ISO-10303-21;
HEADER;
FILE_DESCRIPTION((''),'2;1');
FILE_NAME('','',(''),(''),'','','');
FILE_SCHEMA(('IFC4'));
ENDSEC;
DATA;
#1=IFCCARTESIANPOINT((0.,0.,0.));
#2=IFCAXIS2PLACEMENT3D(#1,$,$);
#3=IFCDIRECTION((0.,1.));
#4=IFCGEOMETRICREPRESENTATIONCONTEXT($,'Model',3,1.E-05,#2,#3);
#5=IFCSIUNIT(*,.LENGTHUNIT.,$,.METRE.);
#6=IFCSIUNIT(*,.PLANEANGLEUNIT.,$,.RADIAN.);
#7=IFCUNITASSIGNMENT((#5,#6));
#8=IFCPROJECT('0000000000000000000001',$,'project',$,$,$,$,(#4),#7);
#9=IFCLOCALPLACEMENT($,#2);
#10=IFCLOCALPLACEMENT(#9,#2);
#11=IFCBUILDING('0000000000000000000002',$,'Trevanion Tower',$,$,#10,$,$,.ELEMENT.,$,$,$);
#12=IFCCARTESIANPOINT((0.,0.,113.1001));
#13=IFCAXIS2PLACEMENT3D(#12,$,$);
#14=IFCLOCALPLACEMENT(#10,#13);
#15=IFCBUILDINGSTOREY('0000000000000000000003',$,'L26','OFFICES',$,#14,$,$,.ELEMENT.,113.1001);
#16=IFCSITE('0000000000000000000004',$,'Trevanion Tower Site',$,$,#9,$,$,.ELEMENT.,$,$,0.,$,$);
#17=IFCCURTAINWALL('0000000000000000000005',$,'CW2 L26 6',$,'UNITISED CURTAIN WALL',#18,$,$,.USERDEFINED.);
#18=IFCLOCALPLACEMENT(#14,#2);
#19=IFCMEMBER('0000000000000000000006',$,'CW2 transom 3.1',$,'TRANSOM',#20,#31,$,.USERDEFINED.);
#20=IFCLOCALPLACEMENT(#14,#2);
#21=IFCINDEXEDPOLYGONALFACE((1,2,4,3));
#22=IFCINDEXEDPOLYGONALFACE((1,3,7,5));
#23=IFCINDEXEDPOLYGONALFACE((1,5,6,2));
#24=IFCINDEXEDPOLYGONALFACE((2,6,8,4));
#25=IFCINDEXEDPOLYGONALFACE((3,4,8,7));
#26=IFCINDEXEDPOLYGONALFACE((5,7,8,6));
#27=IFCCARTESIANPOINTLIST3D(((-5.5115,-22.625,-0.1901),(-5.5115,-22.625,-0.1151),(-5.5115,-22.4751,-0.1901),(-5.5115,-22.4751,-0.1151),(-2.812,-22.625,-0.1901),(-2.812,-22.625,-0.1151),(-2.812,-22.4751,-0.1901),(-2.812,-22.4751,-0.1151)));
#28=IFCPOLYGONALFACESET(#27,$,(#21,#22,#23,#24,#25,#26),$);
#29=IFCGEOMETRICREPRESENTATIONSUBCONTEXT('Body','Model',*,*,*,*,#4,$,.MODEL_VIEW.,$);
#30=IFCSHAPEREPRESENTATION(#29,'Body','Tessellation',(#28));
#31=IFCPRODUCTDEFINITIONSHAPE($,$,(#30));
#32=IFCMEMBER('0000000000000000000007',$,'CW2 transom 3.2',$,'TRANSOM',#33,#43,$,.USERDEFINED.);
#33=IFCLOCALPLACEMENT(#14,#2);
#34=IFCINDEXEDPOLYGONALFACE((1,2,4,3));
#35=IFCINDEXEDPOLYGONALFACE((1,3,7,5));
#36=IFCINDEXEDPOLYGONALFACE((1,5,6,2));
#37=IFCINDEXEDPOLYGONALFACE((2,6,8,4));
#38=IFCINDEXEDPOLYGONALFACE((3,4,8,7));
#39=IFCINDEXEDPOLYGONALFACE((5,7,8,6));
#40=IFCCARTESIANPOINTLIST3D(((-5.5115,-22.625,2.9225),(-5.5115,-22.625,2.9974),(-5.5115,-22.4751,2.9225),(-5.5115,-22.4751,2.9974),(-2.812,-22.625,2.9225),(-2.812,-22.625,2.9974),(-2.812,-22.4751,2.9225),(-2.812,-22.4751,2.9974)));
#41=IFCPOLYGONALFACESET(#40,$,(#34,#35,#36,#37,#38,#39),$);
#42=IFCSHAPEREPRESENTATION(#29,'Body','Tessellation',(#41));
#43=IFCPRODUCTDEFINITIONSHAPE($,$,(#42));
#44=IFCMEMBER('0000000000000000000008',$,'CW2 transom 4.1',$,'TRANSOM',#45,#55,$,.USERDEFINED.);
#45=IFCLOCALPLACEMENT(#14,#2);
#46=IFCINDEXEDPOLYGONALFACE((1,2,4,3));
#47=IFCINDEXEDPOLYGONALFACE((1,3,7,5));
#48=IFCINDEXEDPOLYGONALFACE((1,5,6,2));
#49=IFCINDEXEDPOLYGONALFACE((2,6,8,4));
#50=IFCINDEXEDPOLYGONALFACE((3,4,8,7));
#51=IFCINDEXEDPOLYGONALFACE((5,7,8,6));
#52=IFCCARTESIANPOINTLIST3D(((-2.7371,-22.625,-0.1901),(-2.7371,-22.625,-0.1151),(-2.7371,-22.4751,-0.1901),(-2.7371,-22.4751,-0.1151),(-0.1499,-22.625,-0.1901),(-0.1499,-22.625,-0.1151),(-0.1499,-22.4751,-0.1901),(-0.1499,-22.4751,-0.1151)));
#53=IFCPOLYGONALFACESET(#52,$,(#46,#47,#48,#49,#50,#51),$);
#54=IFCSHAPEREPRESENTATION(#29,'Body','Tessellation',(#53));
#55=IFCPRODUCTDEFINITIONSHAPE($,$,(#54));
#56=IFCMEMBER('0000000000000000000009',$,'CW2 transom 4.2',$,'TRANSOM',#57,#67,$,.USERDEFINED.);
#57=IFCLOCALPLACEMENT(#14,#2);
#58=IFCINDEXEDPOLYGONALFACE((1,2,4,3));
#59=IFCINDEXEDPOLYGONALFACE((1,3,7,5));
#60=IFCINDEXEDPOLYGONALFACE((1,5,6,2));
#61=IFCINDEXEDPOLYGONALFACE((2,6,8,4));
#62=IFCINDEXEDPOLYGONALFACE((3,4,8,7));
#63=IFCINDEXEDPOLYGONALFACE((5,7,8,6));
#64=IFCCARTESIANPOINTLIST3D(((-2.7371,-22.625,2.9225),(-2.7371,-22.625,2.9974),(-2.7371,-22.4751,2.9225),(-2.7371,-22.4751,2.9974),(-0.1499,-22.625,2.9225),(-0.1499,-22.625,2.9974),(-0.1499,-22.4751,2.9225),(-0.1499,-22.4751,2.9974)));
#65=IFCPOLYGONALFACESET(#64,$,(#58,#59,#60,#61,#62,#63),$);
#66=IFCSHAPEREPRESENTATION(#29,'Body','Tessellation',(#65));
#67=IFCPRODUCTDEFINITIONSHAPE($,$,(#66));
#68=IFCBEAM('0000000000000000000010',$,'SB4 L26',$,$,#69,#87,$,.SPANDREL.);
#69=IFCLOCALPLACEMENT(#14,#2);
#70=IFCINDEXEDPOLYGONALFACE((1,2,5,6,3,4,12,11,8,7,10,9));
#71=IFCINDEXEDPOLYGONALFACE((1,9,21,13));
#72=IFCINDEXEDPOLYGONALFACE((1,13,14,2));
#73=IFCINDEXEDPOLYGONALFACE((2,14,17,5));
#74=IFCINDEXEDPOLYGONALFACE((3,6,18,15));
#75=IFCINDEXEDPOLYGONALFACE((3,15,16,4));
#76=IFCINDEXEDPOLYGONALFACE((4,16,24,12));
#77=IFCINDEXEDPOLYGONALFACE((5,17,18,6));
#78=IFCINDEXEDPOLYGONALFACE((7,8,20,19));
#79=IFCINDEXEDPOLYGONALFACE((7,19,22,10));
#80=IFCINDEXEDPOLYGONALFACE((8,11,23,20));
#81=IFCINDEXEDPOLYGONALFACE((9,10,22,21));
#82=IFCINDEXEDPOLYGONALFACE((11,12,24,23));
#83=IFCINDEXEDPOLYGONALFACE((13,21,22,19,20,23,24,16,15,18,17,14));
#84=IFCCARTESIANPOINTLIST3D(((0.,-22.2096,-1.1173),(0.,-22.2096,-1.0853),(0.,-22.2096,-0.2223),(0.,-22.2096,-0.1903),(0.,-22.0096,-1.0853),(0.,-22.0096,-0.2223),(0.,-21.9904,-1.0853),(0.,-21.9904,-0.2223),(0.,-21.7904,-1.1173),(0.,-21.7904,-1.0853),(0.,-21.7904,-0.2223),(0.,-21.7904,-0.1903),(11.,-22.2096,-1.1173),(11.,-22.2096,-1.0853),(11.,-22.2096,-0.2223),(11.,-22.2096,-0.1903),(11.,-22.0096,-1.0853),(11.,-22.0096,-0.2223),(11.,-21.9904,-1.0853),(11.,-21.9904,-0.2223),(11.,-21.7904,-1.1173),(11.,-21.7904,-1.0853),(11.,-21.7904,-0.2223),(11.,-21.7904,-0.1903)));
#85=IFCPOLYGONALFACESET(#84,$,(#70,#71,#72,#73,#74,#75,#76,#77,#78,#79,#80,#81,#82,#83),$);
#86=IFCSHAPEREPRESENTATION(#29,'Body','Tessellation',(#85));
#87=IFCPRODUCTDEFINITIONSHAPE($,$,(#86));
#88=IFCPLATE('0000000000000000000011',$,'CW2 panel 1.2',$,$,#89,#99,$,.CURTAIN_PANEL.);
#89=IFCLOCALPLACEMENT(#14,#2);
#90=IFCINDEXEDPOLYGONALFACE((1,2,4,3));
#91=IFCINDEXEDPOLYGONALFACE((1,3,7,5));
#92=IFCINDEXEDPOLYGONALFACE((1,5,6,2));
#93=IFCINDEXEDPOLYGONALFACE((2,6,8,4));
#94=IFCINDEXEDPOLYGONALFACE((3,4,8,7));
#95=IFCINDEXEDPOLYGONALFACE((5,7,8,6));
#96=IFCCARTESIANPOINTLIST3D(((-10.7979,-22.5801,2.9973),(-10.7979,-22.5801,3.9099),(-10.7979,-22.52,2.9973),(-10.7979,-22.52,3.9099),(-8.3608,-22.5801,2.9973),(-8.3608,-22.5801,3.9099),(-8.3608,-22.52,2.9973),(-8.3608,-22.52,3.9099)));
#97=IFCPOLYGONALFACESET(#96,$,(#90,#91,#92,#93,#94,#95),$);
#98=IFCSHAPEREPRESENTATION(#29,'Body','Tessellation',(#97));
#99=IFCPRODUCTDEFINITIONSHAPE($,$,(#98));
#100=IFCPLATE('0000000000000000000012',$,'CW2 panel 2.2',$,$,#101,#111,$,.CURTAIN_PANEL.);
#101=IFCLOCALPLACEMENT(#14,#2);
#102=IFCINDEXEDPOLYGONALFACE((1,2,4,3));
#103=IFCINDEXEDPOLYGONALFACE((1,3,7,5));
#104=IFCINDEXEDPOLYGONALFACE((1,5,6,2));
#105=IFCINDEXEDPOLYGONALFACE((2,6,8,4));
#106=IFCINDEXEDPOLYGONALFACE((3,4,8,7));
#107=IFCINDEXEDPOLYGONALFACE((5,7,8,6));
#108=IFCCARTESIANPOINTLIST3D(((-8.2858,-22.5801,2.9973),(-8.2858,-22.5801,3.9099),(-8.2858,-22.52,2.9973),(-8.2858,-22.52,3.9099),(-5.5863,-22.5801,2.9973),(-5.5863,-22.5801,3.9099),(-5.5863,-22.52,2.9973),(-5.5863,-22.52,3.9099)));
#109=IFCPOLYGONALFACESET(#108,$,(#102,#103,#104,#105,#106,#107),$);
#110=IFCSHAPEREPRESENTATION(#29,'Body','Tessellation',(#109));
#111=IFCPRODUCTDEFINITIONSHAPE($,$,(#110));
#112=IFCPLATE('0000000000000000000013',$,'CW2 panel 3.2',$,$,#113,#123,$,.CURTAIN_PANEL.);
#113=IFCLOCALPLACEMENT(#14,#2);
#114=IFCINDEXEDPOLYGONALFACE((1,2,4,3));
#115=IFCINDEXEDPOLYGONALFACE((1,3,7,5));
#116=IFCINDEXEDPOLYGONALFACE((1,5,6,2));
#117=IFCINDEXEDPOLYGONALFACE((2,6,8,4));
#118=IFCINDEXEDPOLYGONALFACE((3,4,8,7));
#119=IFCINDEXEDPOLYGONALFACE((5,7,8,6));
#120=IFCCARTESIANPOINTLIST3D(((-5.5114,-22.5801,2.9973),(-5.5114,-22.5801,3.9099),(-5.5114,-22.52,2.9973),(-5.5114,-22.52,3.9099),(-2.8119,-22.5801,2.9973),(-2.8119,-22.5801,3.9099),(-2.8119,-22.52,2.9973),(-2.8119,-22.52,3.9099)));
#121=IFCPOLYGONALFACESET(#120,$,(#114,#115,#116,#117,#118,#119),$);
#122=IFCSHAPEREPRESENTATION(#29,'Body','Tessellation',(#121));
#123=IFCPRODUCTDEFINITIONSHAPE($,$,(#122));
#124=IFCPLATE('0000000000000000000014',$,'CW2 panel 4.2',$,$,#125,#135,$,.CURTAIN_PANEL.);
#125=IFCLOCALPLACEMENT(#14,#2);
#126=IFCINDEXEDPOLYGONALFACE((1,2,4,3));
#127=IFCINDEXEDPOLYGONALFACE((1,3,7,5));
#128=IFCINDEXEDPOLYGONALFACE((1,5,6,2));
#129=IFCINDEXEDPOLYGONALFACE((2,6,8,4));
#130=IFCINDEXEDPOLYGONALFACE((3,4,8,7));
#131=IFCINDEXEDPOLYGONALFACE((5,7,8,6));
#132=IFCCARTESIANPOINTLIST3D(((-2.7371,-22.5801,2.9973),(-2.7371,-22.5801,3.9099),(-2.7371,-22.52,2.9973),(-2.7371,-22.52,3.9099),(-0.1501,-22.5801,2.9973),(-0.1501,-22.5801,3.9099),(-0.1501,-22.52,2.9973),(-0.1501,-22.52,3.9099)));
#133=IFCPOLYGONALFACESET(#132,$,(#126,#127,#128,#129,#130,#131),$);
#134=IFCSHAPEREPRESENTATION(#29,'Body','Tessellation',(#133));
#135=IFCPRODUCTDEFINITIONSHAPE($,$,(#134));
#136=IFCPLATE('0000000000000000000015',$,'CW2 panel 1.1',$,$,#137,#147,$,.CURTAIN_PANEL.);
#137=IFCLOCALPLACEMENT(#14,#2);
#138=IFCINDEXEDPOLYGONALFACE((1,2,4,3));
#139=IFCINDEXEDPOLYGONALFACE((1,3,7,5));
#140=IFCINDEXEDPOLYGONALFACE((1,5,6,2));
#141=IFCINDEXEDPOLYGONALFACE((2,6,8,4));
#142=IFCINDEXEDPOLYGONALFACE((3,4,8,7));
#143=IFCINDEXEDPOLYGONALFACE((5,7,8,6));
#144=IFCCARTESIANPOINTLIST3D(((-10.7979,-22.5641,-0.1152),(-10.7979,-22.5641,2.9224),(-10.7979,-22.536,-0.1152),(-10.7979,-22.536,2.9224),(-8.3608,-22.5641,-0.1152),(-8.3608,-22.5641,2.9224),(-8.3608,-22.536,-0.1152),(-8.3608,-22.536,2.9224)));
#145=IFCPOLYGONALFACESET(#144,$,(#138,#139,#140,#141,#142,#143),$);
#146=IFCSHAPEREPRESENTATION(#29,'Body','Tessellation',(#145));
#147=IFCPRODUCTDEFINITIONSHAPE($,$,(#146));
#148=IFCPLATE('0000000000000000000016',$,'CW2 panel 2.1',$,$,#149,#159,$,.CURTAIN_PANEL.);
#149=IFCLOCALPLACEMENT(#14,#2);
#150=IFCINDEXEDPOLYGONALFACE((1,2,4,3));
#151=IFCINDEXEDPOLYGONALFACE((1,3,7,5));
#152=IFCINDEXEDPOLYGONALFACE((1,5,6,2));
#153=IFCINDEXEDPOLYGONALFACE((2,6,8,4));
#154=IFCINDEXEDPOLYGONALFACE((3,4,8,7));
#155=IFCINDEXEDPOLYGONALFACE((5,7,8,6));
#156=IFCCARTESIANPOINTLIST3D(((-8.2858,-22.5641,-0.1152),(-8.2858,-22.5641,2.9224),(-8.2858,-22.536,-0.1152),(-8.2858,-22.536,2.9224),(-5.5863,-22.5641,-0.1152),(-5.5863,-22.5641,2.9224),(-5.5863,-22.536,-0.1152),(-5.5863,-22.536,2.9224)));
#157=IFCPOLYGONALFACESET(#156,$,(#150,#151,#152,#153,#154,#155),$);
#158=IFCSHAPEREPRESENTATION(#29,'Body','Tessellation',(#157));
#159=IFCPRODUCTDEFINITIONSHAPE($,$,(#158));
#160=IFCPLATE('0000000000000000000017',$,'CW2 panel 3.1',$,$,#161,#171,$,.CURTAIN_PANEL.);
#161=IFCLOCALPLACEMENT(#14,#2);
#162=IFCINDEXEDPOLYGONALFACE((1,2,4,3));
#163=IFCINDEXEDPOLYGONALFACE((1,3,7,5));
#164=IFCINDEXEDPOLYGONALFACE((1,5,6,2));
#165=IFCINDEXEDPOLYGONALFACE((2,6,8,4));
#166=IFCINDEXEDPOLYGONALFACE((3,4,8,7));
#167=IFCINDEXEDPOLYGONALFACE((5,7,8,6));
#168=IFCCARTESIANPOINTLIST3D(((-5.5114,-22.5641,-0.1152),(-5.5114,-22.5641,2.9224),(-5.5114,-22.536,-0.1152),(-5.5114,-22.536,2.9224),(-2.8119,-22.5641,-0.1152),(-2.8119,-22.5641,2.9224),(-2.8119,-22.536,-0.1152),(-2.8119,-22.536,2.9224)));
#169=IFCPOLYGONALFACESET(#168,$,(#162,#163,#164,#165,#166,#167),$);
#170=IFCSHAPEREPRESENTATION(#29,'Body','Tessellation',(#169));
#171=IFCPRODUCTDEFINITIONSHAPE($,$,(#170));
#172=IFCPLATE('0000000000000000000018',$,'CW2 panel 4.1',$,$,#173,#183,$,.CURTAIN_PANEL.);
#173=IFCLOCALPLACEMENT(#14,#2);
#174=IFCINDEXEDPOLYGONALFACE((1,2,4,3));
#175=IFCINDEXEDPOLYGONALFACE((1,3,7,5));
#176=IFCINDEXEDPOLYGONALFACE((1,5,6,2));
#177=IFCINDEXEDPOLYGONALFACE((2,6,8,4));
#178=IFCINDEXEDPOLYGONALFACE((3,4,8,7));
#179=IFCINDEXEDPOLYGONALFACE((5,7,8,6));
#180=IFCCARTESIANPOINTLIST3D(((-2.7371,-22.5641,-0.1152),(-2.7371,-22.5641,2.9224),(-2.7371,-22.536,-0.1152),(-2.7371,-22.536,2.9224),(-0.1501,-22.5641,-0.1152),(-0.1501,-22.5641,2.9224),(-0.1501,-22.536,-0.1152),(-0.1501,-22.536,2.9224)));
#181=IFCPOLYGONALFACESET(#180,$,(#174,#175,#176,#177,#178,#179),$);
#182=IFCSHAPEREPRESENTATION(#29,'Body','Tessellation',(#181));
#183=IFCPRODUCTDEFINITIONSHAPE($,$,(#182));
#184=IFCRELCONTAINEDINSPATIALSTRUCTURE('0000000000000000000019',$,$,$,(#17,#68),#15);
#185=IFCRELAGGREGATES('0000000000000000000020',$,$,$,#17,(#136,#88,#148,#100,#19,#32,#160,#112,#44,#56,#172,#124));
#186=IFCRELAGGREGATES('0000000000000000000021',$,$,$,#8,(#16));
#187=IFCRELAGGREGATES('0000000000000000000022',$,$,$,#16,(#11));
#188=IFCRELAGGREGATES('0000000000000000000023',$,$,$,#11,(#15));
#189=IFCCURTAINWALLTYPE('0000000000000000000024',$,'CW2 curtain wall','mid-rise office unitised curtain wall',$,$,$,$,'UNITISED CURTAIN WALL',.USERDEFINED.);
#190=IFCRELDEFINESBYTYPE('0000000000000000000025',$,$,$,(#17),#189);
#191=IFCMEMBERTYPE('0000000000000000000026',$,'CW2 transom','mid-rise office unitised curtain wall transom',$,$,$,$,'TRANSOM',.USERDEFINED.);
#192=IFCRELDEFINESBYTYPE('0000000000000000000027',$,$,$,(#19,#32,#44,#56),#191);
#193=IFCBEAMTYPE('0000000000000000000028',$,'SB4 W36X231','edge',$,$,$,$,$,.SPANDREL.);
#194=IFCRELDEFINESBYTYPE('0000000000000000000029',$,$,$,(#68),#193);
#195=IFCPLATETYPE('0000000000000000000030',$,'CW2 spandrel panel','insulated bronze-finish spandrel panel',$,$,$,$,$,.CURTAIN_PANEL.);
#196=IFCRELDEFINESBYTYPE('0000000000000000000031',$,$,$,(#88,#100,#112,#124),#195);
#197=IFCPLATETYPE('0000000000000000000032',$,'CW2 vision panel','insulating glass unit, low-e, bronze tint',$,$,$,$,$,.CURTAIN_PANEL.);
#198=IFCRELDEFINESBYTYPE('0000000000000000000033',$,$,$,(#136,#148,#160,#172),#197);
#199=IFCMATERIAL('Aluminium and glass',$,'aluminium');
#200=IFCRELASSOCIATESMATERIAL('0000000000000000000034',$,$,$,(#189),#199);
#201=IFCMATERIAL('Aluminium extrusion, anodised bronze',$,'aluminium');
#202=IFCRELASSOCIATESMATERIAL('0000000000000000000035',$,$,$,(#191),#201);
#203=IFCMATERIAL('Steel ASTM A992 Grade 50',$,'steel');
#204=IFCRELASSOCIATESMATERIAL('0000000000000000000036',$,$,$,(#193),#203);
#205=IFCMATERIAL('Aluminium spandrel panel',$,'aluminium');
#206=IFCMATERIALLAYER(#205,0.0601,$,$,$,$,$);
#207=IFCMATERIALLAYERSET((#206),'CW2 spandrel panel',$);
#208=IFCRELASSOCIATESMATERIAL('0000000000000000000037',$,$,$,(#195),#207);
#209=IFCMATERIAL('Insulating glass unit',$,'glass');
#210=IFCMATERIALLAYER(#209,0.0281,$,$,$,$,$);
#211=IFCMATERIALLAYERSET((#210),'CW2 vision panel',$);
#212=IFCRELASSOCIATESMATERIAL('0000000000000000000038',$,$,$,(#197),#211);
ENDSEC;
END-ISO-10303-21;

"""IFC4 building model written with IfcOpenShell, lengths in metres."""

from ifc_helpers import new_model, si_unit, direction, frame, origin, origin_2d, place, context, subcontext, project, spatial, rectangle, i_section, extrude, material, layer, layer_set, material_profile, profile_set, type_object, element, aggregate, save


model = new_model("IFC4")

# Units and contexts
model_context = context("Model", 3, precision=1e-05, world=origin(), true_north=direction((0.0, 1.0)))
body_context = subcontext(model_context, "Body", "Model", "MODEL_VIEW")
ifc_project = project(units=[si_unit("LENGTHUNIT", "METRE"), si_unit("PLANEANGLEUNIT", "RADIAN")], contexts=[model_context])

# Site, building, storey
site_placement = place(None, origin())
site = spatial("IfcSite", under=ifc_project, at=site_placement, Name="Trevanion Tower Site", CompositionType="ELEMENT", RefElevation=0.0)
building_placement = place(site_placement, origin())
building = spatial("IfcBuilding", under=site, at=building_placement, Name="Trevanion Tower", CompositionType="ELEMENT")
storey_placement = place(building_placement, frame((0.0, 0.0, 113.1001)))
storey = spatial("IfcBuildingStorey", under=building, at=storey_placement, Name="L26", Description="OFFICES", CompositionType="ELEMENT", Elevation=113.1001)

# Curtain wall, members
ifc_material_1 = material(Name="Aluminium and glass", Category="aluminium")
curtain_wall_type = type_object("IfcCurtainWallType", Name="CW2 curtain wall", Description="mid-rise office unitised curtain wall", ElementType="UNITISED CURTAIN WALL", PredefinedType="USERDEFINED", material=ifc_material_1)
curtain_wall_placement = place(storey_placement, origin())
curtain_wall = element("IfcCurtainWall", 1, at=curtain_wall_placement, inside=storey, type_object=curtain_wall_type, Name="CW2 L26 6", ObjectType="UNITISED CURTAIN WALL", PredefinedType="USERDEFINED")
ifc_material_2 = material(Name="Aluminium extrusion, anodised bronze", Category="aluminium")
ifc_material_profile_1 = material_profile(ifc_material_2, rectangle(XDim=0.1499, YDim=0.075, at=origin_2d()), Name="CW2 transom")
ifc_profile_set_1 = profile_set([ifc_material_profile_1], Name="Aluminium extrusion, anodised bronze")
member_type_1 = type_object("IfcMemberType", Name="CW2 transom", Description="mid-rise office unitised curtain wall transom", ElementType="TRANSOM", PredefinedType="USERDEFINED", material=ifc_profile_set_1)
member_1_placement = place(storey_placement, frame((-5.5115, -22.55, -0.1526), z_axis=(1.0, 0.0, 0.0), x_axis=(0.0, 1.0, 0.0)))
member_1 = element("IfcMember", 2, at=member_1_placement, type_object=member_type_1, Name="CW2 transom 3.1", ObjectType="TRANSOM", PredefinedType="USERDEFINED", context=body_context, shape_type="SweptSolid", body=[
    extrude(rectangle(XDim=0.1499, YDim=0.075, at=origin_2d()), origin(), (0.0, 0.0, 1.0), 2.6995),
])
member_2_placement = place(storey_placement, frame((-5.5115, -22.55, 2.96), z_axis=(1.0, 0.0, 0.0), x_axis=(0.0, 1.0, 0.0)))
member_2 = element("IfcMember", 3, at=member_2_placement, type_object=member_type_1, Name="CW2 transom 3.2", ObjectType="TRANSOM", PredefinedType="USERDEFINED", context=body_context, shape_type="SweptSolid", body=[
    extrude(rectangle(XDim=0.1499, YDim=0.075, at=origin_2d()), origin(), (0.0, 0.0, 1.0), 2.6995),
])
member_3_placement = place(storey_placement, frame((-2.7371, -22.55, -0.1526), z_axis=(1.0, 0.0, 0.0), x_axis=(0.0, 1.0, 0.0)))
member_3 = element("IfcMember", 4, at=member_3_placement, type_object=member_type_1, Name="CW2 transom 4.1", ObjectType="TRANSOM", PredefinedType="USERDEFINED", context=body_context, shape_type="SweptSolid", body=[
    extrude(rectangle(XDim=0.1499, YDim=0.075, at=origin_2d()), origin(), (0.0, 0.0, 1.0), 2.5872),
])
member_4_placement = place(storey_placement, frame((-2.7371, -22.55, 2.96), z_axis=(1.0, 0.0, 0.0), x_axis=(0.0, 1.0, 0.0)))
member_4 = element("IfcMember", 5, at=member_4_placement, type_object=member_type_1, Name="CW2 transom 4.2", ObjectType="TRANSOM", PredefinedType="USERDEFINED", context=body_context, shape_type="SweptSolid", body=[
    extrude(rectangle(XDim=0.1499, YDim=0.075, at=origin_2d()), origin(), (0.0, 0.0, 1.0), 2.5872),
])

# Beam
ifc_material_3 = material(Name="Steel ASTM A992 Grade 50", Category="steel")
ifc_material_profile_2 = material_profile(ifc_material_3, i_section(OverallWidth=0.4192, OverallDepth=0.927, WebThickness=0.0193, FlangeThickness=0.032, at=origin_2d()), Name="W36X231")
ifc_profile_set_2 = profile_set([ifc_material_profile_2], Name="Steel ASTM A992 Grade 50")
beam_type_1 = type_object("IfcBeamType", Name="SB4 W36X231", Description="edge", PredefinedType="SPANDREL", material=ifc_profile_set_2)
beam_placement = place(storey_placement, frame((0.0, -22.0, -0.6538), z_axis=(1.0, 0.0, 0.0), x_axis=(0.0, 1.0, 0.0)))
element("IfcBeam", 6, at=beam_placement, inside=storey, type_object=beam_type_1, Name="SB4 L26", PredefinedType="SPANDREL", context=body_context, shape_type="SweptSolid", body=[
    extrude(i_section(OverallWidth=0.4192, OverallDepth=0.927, WebThickness=0.0193, FlangeThickness=0.032, at=origin_2d()), origin(), (0.0, 0.0, 1.0), 11.0),
])

# Plates
ifc_material_4 = material(Name="Aluminium spandrel panel", Category="aluminium")
ifc_layer_1 = layer(ifc_material_4, 0.0601)
ifc_layer_set_1 = layer_set([ifc_layer_1], Name="CW2 spandrel panel")
plate_type_1 = type_object("IfcPlateType", Name="CW2 spandrel panel", Description="insulated bronze-finish spandrel panel", PredefinedType="CURTAIN_PANEL", material=ifc_layer_set_1)
plate_1_placement = place(storey_placement, frame((-9.5793, -22.55, 2.9973), z_axis=(0.0, 0.0, 1.0), x_axis=(1.0, 0.0, 0.0)))
plate_1 = element("IfcPlate", 7, at=plate_1_placement, type_object=plate_type_1, Name="CW2 panel 1.2", PredefinedType="CURTAIN_PANEL", context=body_context, shape_type="SweptSolid", body=[
    extrude(rectangle(XDim=2.437, YDim=0.0601, at=origin_2d()), origin(), (0.0, 0.0, 1.0), 0.9126),
])
plate_2_placement = place(storey_placement, frame((-6.936, -22.55, 2.9973), z_axis=(0.0, 0.0, 1.0), x_axis=(1.0, 0.0, 0.0)))
plate_2 = element("IfcPlate", 8, at=plate_2_placement, type_object=plate_type_1, Name="CW2 panel 2.2", PredefinedType="CURTAIN_PANEL", context=body_context, shape_type="SweptSolid", body=[
    extrude(rectangle(XDim=2.6995, YDim=0.0601, at=origin_2d()), origin(), (0.0, 0.0, 1.0), 0.9126),
])
plate_3_placement = place(storey_placement, frame((-4.1616, -22.55, 2.9973), z_axis=(0.0, 0.0, 1.0), x_axis=(1.0, 0.0, 0.0)))
plate_3 = element("IfcPlate", 9, at=plate_3_placement, type_object=plate_type_1, Name="CW2 panel 3.2", PredefinedType="CURTAIN_PANEL", context=body_context, shape_type="SweptSolid", body=[
    extrude(rectangle(XDim=2.6995, YDim=0.0601, at=origin_2d()), origin(), (0.0, 0.0, 1.0), 0.9126),
])
plate_4_placement = place(storey_placement, frame((-1.4436, -22.55, 2.9973), z_axis=(0.0, 0.0, 1.0), x_axis=(1.0, 0.0, 0.0)))
plate_4 = element("IfcPlate", 10, at=plate_4_placement, type_object=plate_type_1, Name="CW2 panel 4.2", PredefinedType="CURTAIN_PANEL", context=body_context, shape_type="SweptSolid", body=[
    extrude(rectangle(XDim=2.5869, YDim=0.0601, at=origin_2d()), origin(), (0.0, 0.0, 1.0), 0.9126),
])
ifc_material_5 = material(Name="Insulating glass unit", Category="glass")
ifc_layer_2 = layer(ifc_material_5, 0.0281)
ifc_layer_set_2 = layer_set([ifc_layer_2], Name="CW2 vision panel")
plate_type_2 = type_object("IfcPlateType", Name="CW2 vision panel", Description="insulating glass unit, low-e, bronze tint", PredefinedType="CURTAIN_PANEL", material=ifc_layer_set_2)
plate_5_placement = place(storey_placement, frame((-9.5793, -22.55, -0.1152), z_axis=(0.0, 0.0, 1.0), x_axis=(1.0, 0.0, 0.0)))
plate_5 = element("IfcPlate", 11, at=plate_5_placement, type_object=plate_type_2, Name="CW2 panel 1.1", PredefinedType="CURTAIN_PANEL", context=body_context, shape_type="SweptSolid", body=[
    extrude(rectangle(XDim=2.437, YDim=0.0281, at=origin_2d()), origin(), (0.0, 0.0, 1.0), 3.0376),
])
plate_6_placement = place(storey_placement, frame((-6.936, -22.55, -0.1152), z_axis=(0.0, 0.0, 1.0), x_axis=(1.0, 0.0, 0.0)))
plate_6 = element("IfcPlate", 12, at=plate_6_placement, type_object=plate_type_2, Name="CW2 panel 2.1", PredefinedType="CURTAIN_PANEL", context=body_context, shape_type="SweptSolid", body=[
    extrude(rectangle(XDim=2.6995, YDim=0.0281, at=origin_2d()), origin(), (0.0, 0.0, 1.0), 3.0376),
])
plate_7_placement = place(storey_placement, frame((-4.1616, -22.55, -0.1152), z_axis=(0.0, 0.0, 1.0), x_axis=(1.0, 0.0, 0.0)))
plate_7 = element("IfcPlate", 13, at=plate_7_placement, type_object=plate_type_2, Name="CW2 panel 3.1", PredefinedType="CURTAIN_PANEL", context=body_context, shape_type="SweptSolid", body=[
    extrude(rectangle(XDim=2.6995, YDim=0.0281, at=origin_2d()), origin(), (0.0, 0.0, 1.0), 3.0376),
])
plate_8_placement = place(storey_placement, frame((-1.4436, -22.55, -0.1152), z_axis=(0.0, 0.0, 1.0), x_axis=(1.0, 0.0, 0.0)))
plate_8 = element("IfcPlate", 14, at=plate_8_placement, type_object=plate_type_2, Name="CW2 panel 4.1", PredefinedType="CURTAIN_PANEL", context=body_context, shape_type="SweptSolid", body=[
    extrude(rectangle(XDim=2.5869, YDim=0.0281, at=origin_2d()), origin(), (0.0, 0.0, 1.0), 3.0376),
])
aggregate(curtain_wall, [plate_5, plate_1, plate_6, plate_2, member_1, member_2, plate_7, plate_3, member_3, member_4, plate_8, plate_4])

save(model, "model.ifc")
